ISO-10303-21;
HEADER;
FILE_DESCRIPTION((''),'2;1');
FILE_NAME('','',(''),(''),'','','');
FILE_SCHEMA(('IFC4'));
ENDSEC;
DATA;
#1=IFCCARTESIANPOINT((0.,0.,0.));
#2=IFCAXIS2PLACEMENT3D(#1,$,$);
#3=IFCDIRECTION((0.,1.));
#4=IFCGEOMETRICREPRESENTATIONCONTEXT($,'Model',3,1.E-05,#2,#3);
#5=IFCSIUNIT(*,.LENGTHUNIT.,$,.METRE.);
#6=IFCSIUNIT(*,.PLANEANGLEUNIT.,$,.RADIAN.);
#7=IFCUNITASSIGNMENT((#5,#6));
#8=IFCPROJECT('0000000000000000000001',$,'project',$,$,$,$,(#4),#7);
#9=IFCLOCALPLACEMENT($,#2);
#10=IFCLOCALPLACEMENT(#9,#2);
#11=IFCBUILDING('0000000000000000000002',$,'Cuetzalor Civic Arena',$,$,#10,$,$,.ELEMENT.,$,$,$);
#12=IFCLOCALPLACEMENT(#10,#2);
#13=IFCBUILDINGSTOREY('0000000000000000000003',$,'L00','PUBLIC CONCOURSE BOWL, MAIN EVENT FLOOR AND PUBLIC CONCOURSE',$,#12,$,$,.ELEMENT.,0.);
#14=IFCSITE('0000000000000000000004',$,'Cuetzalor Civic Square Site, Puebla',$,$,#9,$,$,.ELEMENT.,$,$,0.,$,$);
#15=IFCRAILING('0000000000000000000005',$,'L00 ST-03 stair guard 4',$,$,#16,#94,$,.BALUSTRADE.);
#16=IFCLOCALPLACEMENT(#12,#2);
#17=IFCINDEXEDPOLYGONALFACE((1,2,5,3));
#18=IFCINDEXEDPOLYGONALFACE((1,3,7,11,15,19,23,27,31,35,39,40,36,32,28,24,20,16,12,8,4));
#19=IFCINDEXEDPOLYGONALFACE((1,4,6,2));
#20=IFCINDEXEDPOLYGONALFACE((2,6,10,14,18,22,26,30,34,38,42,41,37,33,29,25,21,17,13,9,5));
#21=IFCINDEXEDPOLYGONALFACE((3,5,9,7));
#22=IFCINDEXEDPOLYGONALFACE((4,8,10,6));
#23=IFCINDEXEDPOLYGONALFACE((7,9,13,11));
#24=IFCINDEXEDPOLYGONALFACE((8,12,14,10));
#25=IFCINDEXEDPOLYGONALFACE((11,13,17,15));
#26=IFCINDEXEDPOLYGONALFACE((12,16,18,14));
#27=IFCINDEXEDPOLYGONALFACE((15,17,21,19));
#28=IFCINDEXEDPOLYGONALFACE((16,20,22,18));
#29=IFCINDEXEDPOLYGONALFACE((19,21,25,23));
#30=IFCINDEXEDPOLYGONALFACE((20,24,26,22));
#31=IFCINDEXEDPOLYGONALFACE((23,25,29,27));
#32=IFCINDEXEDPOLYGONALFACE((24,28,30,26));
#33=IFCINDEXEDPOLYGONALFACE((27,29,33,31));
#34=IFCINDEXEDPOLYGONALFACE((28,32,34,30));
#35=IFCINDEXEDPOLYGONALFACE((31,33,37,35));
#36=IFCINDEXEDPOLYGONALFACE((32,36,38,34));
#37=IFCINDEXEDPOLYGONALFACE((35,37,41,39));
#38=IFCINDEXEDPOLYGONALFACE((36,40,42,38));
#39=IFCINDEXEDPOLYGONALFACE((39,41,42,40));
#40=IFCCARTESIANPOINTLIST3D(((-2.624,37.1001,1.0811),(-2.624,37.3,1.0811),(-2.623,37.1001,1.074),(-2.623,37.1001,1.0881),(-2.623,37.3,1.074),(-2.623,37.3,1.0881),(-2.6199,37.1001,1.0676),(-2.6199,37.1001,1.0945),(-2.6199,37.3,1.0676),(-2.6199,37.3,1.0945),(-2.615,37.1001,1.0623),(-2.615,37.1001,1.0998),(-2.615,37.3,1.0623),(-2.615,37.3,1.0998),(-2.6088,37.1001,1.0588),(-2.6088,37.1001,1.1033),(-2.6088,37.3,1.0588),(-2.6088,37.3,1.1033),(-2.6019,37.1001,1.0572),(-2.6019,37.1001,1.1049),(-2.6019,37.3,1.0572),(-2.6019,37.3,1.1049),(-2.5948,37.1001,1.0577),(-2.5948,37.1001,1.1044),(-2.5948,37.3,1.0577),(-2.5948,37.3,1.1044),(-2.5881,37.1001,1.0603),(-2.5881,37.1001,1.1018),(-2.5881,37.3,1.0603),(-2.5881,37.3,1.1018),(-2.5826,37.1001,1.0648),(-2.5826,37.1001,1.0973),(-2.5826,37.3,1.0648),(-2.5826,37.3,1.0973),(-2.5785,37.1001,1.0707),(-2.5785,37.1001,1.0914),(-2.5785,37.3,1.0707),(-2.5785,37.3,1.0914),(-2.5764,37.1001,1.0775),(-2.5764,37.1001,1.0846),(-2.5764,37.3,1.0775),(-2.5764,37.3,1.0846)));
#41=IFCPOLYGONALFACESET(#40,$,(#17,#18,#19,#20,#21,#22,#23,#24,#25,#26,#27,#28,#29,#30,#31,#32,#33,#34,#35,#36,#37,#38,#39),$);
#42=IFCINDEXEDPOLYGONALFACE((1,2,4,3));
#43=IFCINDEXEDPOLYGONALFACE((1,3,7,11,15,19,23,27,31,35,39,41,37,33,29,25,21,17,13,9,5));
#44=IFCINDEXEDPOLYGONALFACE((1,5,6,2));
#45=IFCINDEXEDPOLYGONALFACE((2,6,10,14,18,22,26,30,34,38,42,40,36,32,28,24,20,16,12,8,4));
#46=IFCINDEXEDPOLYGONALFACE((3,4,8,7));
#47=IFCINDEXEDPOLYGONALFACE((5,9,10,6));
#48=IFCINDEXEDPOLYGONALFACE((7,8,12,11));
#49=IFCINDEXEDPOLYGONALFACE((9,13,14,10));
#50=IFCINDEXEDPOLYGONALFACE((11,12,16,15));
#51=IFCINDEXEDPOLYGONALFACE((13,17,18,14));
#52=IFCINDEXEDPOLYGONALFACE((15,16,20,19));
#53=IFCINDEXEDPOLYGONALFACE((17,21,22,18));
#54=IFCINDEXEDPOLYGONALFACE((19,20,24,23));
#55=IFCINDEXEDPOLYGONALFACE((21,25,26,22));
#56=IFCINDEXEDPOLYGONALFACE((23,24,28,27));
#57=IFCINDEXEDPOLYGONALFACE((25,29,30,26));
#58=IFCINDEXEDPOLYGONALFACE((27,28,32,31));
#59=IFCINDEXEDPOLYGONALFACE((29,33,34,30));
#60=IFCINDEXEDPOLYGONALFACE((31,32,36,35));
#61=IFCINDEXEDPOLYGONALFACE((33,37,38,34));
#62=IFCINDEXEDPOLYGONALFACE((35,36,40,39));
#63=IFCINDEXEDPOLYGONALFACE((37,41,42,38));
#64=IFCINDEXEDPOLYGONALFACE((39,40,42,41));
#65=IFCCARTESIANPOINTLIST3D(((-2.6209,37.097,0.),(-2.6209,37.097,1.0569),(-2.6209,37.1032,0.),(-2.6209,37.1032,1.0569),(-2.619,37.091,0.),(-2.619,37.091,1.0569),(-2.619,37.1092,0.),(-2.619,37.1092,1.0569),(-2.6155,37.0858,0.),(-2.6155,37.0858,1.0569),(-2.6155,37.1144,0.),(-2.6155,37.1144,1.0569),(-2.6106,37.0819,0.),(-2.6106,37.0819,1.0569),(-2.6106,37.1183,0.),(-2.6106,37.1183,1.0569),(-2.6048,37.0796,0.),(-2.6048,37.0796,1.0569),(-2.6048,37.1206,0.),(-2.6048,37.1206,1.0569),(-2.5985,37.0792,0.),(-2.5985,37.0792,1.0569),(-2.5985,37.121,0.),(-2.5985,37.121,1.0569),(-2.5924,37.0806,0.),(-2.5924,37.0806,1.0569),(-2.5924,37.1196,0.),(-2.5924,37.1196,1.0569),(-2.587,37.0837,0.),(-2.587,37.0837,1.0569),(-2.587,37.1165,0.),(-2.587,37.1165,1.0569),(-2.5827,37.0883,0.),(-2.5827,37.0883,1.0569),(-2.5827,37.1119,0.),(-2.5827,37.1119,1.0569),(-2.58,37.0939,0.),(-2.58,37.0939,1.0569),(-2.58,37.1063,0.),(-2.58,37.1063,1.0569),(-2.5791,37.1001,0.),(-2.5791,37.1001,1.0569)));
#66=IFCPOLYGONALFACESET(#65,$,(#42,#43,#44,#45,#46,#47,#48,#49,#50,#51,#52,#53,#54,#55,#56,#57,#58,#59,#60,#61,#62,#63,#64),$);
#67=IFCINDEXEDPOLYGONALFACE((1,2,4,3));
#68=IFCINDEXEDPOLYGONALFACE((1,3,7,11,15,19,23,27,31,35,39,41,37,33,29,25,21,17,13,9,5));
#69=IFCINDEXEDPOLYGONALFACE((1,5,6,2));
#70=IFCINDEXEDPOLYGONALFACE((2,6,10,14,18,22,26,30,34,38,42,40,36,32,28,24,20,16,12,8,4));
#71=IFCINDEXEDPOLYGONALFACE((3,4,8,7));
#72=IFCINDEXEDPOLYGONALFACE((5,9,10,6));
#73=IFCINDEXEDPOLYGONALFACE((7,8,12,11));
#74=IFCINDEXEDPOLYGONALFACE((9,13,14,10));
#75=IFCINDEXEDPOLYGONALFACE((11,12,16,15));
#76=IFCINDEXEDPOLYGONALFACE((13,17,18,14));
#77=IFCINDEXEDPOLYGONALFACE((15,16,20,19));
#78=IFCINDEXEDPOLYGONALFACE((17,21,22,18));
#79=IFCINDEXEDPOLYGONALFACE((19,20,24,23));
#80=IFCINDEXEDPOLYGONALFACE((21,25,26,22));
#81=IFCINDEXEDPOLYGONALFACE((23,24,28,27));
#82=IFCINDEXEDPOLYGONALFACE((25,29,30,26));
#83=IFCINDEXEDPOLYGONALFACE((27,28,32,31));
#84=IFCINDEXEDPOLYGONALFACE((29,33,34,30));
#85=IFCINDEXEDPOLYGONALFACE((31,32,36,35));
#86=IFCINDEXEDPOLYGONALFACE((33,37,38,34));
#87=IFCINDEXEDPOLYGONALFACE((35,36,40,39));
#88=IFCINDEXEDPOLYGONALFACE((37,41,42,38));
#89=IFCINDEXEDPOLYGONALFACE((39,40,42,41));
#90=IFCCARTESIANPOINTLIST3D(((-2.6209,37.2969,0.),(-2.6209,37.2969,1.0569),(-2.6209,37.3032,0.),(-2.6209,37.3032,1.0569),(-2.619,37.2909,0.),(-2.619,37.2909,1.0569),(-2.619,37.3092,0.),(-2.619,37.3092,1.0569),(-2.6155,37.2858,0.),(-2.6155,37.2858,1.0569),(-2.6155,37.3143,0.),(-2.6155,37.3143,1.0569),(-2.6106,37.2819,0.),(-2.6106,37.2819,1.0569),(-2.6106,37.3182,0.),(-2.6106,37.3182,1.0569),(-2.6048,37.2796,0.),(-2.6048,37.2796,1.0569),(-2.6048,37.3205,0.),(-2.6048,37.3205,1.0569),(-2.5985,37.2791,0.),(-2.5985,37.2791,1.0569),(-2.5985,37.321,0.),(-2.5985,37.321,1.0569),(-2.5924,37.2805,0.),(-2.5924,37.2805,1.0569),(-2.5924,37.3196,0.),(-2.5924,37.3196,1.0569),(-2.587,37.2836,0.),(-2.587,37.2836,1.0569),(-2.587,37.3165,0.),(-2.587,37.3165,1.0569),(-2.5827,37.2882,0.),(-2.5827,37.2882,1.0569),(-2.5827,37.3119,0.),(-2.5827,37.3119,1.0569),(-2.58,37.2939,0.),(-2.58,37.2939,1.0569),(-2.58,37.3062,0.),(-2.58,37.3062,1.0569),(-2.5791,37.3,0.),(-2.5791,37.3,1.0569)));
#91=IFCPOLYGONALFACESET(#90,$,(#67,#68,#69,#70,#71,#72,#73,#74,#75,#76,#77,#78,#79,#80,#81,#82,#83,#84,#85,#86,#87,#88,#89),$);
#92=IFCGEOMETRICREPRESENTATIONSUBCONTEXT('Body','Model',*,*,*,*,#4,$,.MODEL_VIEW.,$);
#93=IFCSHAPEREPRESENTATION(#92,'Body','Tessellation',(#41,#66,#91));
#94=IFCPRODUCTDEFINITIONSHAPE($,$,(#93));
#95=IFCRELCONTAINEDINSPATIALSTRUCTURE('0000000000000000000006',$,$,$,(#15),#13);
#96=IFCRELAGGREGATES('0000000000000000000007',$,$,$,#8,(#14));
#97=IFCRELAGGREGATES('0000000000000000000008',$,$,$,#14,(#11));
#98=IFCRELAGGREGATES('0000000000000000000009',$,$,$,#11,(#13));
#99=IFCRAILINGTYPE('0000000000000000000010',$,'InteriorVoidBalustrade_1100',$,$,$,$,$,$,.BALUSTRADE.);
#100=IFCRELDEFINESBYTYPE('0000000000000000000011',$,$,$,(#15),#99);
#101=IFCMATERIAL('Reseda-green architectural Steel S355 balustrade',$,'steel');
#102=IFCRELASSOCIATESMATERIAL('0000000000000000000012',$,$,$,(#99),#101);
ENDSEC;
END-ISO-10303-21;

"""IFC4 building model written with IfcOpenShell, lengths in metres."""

from ifc_helpers import new_model, si_unit, direction, frame, origin, origin_2d, place, context, subcontext, project, spatial, circle, extrude, material, type_object, element, save


model = new_model("IFC4")

# Units and contexts
model_context = context("Model", 3, precision=1e-05, world=origin(), true_north=direction((0.0, 1.0)))
body_context = subcontext(model_context, "Body", "Model", "MODEL_VIEW")
ifc_project = project(units=[si_unit("LENGTHUNIT", "METRE"), si_unit("PLANEANGLEUNIT", "RADIAN")], contexts=[model_context])

# Site, building, storey
site_placement = place(None, origin())
site = spatial("IfcSite", under=ifc_project, at=site_placement, Name="Cuetzalor Civic Square Site, Puebla", CompositionType="ELEMENT", RefElevation=0.0)
building_placement = place(site_placement, origin())
building = spatial("IfcBuilding", under=site, at=building_placement, Name="Cuetzalor Civic Arena", CompositionType="ELEMENT")
storey_placement = place(building_placement, origin())
storey = spatial("IfcBuildingStorey", under=building, at=storey_placement, Name="L00", Description="PUBLIC CONCOURSE BOWL, MAIN EVENT FLOOR AND PUBLIC CONCOURSE", CompositionType="ELEMENT", Elevation=0.0)

# Railing
ifc_material_1 = material(Name="Reseda-green architectural Steel S355 balustrade", Category="steel")
railing_type_1 = type_object("IfcRailingType", Name="InteriorVoidBalustrade_1100", PredefinedType="BALUSTRADE", material=ifc_material_1)
railing_1_placement = place(storey_placement, frame((-2.6001, 37.1001, 0.0)))
element("IfcRailing", 1, at=railing_1_placement, inside=storey, type_object=railing_type_1, Name="L00 ST-03 stair guard 4", PredefinedType="BALUSTRADE", context=body_context, shape_type="SweptSolid", body=[
    extrude(circle(Radius=0.0239, at=origin_2d()), frame((0.0, 0.0, 1.0811), z_axis=(0.0, 1.0, 0.0), x_axis=(-1.0, 0.0, 0.0)), (0.0, 0.0, 1.0), 0.2),
    extrude(circle(Radius=0.021, at=origin_2d()), origin(), (0.0, 0.0, 1.0), 1.0569),
    extrude(circle(Radius=0.021, at=origin_2d()), frame((0.0, 0.2, 0.0)), (0.0, 0.0, 1.0), 1.0569),
])

save(model, "model.ifc")
